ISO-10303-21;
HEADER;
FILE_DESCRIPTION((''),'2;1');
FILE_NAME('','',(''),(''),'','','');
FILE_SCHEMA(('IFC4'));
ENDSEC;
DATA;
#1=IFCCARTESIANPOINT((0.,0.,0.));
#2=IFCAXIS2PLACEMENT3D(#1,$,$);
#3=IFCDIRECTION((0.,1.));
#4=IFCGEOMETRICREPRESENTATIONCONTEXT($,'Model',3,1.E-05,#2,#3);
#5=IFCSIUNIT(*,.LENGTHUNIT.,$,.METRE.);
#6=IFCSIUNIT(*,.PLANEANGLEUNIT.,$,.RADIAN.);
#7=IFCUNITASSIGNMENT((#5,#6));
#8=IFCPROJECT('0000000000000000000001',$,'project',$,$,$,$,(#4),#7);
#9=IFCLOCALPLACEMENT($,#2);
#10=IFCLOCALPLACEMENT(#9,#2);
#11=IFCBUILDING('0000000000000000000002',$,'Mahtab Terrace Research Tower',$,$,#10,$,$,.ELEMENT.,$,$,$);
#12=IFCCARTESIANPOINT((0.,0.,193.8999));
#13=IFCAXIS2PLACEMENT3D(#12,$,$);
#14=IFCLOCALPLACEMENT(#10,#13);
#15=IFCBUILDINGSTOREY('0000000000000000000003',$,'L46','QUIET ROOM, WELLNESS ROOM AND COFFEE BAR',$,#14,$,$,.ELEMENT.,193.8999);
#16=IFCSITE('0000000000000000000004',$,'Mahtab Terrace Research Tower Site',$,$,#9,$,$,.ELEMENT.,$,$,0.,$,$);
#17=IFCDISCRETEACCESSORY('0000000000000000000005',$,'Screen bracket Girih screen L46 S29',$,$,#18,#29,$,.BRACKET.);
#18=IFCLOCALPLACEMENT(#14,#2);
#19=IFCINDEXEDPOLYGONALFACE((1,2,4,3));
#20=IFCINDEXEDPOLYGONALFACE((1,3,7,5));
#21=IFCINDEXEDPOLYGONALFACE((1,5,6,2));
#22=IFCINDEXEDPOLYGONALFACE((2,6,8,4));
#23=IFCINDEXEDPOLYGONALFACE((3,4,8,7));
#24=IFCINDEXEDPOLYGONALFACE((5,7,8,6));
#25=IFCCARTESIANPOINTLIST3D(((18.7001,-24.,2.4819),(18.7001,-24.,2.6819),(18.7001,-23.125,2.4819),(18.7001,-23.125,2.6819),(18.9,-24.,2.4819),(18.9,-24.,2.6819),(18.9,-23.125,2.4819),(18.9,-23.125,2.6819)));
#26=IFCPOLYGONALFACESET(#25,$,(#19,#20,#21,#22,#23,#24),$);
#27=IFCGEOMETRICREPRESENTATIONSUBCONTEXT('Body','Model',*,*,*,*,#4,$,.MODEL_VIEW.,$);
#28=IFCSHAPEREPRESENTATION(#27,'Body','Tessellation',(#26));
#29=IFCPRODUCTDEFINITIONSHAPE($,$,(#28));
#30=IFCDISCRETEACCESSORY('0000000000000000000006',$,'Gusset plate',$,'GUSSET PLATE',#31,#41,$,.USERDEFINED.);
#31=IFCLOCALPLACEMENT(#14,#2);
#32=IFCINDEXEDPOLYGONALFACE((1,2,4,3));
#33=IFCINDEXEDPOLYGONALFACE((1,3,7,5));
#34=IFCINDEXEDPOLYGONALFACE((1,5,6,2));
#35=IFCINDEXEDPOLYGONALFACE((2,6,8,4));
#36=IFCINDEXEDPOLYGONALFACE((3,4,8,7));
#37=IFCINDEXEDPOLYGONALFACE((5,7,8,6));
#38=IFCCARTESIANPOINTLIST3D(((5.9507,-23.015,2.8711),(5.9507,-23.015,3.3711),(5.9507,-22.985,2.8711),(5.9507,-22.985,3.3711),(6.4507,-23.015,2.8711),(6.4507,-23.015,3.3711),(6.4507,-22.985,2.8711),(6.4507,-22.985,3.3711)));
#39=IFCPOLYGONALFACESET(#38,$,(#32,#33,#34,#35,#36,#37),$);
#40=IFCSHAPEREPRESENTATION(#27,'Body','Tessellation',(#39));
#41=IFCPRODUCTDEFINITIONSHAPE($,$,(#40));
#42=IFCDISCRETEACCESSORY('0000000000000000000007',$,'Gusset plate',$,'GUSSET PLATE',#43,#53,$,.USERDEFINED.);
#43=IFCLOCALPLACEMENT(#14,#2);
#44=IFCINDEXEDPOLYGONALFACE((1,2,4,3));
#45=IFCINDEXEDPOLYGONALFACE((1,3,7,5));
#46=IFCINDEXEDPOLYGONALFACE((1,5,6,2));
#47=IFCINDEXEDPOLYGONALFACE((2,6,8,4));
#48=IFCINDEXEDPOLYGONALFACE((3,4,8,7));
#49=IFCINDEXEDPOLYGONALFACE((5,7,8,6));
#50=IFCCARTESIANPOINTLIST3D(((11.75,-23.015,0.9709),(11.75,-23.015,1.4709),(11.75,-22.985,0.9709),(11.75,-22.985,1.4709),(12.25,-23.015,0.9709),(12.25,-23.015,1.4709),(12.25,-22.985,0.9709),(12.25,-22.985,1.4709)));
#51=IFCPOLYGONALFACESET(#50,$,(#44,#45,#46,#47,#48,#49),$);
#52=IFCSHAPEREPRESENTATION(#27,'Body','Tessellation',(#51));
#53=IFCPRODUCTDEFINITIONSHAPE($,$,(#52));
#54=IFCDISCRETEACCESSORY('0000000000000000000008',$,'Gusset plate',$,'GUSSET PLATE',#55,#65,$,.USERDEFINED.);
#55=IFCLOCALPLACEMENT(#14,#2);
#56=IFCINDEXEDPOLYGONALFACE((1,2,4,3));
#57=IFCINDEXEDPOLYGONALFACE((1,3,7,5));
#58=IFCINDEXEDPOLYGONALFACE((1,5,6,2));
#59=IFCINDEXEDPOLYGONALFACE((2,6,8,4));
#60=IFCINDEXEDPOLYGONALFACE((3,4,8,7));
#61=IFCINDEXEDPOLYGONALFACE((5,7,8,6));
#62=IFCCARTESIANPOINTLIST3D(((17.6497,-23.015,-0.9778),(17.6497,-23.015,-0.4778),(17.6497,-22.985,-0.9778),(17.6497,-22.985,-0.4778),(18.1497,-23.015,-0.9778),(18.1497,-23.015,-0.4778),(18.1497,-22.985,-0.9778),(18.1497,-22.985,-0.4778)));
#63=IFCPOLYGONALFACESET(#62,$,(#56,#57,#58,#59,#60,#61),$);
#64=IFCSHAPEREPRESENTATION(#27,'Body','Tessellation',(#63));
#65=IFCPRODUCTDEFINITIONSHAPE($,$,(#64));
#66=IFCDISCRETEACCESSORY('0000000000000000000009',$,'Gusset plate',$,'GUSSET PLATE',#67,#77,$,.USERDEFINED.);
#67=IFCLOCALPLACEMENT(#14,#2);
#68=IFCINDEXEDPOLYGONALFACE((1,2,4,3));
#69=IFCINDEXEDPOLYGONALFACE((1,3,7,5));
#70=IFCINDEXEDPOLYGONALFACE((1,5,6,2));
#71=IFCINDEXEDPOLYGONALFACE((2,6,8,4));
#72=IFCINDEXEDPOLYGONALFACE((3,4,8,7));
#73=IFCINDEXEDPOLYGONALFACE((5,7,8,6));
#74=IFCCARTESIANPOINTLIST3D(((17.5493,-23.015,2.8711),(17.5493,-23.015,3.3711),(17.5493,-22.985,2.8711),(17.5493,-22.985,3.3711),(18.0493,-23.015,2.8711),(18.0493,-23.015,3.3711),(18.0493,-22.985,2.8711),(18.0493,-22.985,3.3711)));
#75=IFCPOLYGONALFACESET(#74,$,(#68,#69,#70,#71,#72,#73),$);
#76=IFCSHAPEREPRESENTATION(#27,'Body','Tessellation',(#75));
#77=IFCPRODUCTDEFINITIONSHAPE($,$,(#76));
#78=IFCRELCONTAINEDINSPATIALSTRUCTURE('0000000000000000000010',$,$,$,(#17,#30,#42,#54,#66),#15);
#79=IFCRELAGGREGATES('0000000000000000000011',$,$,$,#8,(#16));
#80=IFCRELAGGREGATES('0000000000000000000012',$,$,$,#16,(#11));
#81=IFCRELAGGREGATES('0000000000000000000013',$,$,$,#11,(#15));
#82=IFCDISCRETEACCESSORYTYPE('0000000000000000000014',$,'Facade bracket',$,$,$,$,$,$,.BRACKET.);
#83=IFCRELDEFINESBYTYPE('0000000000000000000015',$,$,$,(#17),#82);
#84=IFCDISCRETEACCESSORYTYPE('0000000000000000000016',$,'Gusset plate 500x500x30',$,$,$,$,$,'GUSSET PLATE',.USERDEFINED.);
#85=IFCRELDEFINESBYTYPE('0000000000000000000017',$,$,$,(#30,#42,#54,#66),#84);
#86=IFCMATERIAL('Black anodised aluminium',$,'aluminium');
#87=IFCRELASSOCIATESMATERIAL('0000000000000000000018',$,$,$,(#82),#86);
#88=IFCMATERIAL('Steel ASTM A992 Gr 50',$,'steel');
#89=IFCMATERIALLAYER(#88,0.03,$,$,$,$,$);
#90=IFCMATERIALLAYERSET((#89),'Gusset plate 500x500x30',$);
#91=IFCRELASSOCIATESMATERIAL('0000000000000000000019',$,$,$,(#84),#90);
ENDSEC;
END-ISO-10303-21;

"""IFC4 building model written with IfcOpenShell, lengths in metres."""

from ifc_helpers import new_model, si_unit, direction, frame, origin, origin_2d, place, context, subcontext, project, spatial, rectangle, extrude, material, layer, layer_set, type_object, element, save


model = new_model("IFC4")

# Units and contexts
model_context = context("Model", 3, precision=1e-05, world=origin(), true_north=direction((0.0, 1.0)))
body_context = subcontext(model_context, "Body", "Model", "MODEL_VIEW")
ifc_project = project(units=[si_unit("LENGTHUNIT", "METRE"), si_unit("PLANEANGLEUNIT", "RADIAN")], contexts=[model_context])

# Site, building, storey
site_placement = place(None, origin())
site = spatial("IfcSite", under=ifc_project, at=site_placement, Name="Mahtab Terrace Research Tower Site", CompositionType="ELEMENT", RefElevation=0.0)
building_placement = place(site_placement, origin())
building = spatial("IfcBuilding", under=site, at=building_placement, Name="Mahtab Terrace Research Tower", CompositionType="ELEMENT")
storey_placement = place(building_placement, frame((0.0, 0.0, 193.8999)))
storey = spatial("IfcBuildingStorey", under=building, at=storey_placement, Name="L46", Description="QUIET ROOM, WELLNESS ROOM AND COFFEE BAR", CompositionType="ELEMENT", Elevation=193.8999)

# Shared definitions
ifc_material_1 = material(Name="Steel ASTM A992 Gr 50", Category="steel")

# Discrete accessories
ifc_material_2 = material(Name="Black anodised aluminium", Category="aluminium")
discrete_accessory_type_1 = type_object("IfcDiscreteAccessoryType", Name="Facade bracket", PredefinedType="BRACKET", material=ifc_material_2)
for number, where, z_axis, x_axis, name in (
    (1, (18.8, -23.5625, 2.4819), (0.0, 0.0, 1.0), (1.0, 0.0, 0.0), "Screen bracket Girih screen L46 S29"),
):
    element("IfcDiscreteAccessory", number, at=place(storey_placement, frame(where, z_axis=z_axis, x_axis=x_axis)), inside=storey, type_object=discrete_accessory_type_1, Name=name, PredefinedType="BRACKET", context=body_context, shape_type="SweptSolid", body=[
        extrude(rectangle(XDim=0.2, YDim=0.875, at=origin_2d()), origin(), (0.0, 0.0, 1.0), 0.2),
    ])
ifc_layer_1 = layer(ifc_material_1, 0.03)
ifc_layer_set_1 = layer_set([ifc_layer_1], Name="Gusset plate 500x500x30")
discrete_accessory_type_2 = type_object("IfcDiscreteAccessoryType", Name="Gusset plate 500x500x30", ElementType="GUSSET PLATE", PredefinedType="USERDEFINED", material=ifc_layer_set_1)
for number, where, z_axis, x_axis, name in (
    (2, (6.2007, -23.0, 2.8711), (0.0, 0.0, 1.0), (1.0, 0.0, 0.0), "Gusset plate"),
    (3, (12.0, -23.0, 0.9709), (0.0, 0.0, 1.0), (1.0, 0.0, 0.0), "Gusset plate"),
    (4, (17.8997, -23.0, -0.9778), (0.0, 0.0, 1.0), (1.0, 0.0, 0.0), "Gusset plate"),
    (5, (17.7993, -23.0, 2.8711), (0.0, 0.0, 1.0), (1.0, 0.0, 0.0), "Gusset plate"),
):
    element("IfcDiscreteAccessory", number, at=place(storey_placement, frame(where, z_axis=z_axis, x_axis=x_axis)), inside=storey, type_object=discrete_accessory_type_2, Name=name, ObjectType="GUSSET PLATE", PredefinedType="USERDEFINED", context=body_context, shape_type="SweptSolid", body=[
        extrude(rectangle(XDim=0.5, YDim=0.03, at=origin_2d()), origin(), (0.0, 0.0, 1.0), 0.5),
    ])

save(model, "model.ifc")
